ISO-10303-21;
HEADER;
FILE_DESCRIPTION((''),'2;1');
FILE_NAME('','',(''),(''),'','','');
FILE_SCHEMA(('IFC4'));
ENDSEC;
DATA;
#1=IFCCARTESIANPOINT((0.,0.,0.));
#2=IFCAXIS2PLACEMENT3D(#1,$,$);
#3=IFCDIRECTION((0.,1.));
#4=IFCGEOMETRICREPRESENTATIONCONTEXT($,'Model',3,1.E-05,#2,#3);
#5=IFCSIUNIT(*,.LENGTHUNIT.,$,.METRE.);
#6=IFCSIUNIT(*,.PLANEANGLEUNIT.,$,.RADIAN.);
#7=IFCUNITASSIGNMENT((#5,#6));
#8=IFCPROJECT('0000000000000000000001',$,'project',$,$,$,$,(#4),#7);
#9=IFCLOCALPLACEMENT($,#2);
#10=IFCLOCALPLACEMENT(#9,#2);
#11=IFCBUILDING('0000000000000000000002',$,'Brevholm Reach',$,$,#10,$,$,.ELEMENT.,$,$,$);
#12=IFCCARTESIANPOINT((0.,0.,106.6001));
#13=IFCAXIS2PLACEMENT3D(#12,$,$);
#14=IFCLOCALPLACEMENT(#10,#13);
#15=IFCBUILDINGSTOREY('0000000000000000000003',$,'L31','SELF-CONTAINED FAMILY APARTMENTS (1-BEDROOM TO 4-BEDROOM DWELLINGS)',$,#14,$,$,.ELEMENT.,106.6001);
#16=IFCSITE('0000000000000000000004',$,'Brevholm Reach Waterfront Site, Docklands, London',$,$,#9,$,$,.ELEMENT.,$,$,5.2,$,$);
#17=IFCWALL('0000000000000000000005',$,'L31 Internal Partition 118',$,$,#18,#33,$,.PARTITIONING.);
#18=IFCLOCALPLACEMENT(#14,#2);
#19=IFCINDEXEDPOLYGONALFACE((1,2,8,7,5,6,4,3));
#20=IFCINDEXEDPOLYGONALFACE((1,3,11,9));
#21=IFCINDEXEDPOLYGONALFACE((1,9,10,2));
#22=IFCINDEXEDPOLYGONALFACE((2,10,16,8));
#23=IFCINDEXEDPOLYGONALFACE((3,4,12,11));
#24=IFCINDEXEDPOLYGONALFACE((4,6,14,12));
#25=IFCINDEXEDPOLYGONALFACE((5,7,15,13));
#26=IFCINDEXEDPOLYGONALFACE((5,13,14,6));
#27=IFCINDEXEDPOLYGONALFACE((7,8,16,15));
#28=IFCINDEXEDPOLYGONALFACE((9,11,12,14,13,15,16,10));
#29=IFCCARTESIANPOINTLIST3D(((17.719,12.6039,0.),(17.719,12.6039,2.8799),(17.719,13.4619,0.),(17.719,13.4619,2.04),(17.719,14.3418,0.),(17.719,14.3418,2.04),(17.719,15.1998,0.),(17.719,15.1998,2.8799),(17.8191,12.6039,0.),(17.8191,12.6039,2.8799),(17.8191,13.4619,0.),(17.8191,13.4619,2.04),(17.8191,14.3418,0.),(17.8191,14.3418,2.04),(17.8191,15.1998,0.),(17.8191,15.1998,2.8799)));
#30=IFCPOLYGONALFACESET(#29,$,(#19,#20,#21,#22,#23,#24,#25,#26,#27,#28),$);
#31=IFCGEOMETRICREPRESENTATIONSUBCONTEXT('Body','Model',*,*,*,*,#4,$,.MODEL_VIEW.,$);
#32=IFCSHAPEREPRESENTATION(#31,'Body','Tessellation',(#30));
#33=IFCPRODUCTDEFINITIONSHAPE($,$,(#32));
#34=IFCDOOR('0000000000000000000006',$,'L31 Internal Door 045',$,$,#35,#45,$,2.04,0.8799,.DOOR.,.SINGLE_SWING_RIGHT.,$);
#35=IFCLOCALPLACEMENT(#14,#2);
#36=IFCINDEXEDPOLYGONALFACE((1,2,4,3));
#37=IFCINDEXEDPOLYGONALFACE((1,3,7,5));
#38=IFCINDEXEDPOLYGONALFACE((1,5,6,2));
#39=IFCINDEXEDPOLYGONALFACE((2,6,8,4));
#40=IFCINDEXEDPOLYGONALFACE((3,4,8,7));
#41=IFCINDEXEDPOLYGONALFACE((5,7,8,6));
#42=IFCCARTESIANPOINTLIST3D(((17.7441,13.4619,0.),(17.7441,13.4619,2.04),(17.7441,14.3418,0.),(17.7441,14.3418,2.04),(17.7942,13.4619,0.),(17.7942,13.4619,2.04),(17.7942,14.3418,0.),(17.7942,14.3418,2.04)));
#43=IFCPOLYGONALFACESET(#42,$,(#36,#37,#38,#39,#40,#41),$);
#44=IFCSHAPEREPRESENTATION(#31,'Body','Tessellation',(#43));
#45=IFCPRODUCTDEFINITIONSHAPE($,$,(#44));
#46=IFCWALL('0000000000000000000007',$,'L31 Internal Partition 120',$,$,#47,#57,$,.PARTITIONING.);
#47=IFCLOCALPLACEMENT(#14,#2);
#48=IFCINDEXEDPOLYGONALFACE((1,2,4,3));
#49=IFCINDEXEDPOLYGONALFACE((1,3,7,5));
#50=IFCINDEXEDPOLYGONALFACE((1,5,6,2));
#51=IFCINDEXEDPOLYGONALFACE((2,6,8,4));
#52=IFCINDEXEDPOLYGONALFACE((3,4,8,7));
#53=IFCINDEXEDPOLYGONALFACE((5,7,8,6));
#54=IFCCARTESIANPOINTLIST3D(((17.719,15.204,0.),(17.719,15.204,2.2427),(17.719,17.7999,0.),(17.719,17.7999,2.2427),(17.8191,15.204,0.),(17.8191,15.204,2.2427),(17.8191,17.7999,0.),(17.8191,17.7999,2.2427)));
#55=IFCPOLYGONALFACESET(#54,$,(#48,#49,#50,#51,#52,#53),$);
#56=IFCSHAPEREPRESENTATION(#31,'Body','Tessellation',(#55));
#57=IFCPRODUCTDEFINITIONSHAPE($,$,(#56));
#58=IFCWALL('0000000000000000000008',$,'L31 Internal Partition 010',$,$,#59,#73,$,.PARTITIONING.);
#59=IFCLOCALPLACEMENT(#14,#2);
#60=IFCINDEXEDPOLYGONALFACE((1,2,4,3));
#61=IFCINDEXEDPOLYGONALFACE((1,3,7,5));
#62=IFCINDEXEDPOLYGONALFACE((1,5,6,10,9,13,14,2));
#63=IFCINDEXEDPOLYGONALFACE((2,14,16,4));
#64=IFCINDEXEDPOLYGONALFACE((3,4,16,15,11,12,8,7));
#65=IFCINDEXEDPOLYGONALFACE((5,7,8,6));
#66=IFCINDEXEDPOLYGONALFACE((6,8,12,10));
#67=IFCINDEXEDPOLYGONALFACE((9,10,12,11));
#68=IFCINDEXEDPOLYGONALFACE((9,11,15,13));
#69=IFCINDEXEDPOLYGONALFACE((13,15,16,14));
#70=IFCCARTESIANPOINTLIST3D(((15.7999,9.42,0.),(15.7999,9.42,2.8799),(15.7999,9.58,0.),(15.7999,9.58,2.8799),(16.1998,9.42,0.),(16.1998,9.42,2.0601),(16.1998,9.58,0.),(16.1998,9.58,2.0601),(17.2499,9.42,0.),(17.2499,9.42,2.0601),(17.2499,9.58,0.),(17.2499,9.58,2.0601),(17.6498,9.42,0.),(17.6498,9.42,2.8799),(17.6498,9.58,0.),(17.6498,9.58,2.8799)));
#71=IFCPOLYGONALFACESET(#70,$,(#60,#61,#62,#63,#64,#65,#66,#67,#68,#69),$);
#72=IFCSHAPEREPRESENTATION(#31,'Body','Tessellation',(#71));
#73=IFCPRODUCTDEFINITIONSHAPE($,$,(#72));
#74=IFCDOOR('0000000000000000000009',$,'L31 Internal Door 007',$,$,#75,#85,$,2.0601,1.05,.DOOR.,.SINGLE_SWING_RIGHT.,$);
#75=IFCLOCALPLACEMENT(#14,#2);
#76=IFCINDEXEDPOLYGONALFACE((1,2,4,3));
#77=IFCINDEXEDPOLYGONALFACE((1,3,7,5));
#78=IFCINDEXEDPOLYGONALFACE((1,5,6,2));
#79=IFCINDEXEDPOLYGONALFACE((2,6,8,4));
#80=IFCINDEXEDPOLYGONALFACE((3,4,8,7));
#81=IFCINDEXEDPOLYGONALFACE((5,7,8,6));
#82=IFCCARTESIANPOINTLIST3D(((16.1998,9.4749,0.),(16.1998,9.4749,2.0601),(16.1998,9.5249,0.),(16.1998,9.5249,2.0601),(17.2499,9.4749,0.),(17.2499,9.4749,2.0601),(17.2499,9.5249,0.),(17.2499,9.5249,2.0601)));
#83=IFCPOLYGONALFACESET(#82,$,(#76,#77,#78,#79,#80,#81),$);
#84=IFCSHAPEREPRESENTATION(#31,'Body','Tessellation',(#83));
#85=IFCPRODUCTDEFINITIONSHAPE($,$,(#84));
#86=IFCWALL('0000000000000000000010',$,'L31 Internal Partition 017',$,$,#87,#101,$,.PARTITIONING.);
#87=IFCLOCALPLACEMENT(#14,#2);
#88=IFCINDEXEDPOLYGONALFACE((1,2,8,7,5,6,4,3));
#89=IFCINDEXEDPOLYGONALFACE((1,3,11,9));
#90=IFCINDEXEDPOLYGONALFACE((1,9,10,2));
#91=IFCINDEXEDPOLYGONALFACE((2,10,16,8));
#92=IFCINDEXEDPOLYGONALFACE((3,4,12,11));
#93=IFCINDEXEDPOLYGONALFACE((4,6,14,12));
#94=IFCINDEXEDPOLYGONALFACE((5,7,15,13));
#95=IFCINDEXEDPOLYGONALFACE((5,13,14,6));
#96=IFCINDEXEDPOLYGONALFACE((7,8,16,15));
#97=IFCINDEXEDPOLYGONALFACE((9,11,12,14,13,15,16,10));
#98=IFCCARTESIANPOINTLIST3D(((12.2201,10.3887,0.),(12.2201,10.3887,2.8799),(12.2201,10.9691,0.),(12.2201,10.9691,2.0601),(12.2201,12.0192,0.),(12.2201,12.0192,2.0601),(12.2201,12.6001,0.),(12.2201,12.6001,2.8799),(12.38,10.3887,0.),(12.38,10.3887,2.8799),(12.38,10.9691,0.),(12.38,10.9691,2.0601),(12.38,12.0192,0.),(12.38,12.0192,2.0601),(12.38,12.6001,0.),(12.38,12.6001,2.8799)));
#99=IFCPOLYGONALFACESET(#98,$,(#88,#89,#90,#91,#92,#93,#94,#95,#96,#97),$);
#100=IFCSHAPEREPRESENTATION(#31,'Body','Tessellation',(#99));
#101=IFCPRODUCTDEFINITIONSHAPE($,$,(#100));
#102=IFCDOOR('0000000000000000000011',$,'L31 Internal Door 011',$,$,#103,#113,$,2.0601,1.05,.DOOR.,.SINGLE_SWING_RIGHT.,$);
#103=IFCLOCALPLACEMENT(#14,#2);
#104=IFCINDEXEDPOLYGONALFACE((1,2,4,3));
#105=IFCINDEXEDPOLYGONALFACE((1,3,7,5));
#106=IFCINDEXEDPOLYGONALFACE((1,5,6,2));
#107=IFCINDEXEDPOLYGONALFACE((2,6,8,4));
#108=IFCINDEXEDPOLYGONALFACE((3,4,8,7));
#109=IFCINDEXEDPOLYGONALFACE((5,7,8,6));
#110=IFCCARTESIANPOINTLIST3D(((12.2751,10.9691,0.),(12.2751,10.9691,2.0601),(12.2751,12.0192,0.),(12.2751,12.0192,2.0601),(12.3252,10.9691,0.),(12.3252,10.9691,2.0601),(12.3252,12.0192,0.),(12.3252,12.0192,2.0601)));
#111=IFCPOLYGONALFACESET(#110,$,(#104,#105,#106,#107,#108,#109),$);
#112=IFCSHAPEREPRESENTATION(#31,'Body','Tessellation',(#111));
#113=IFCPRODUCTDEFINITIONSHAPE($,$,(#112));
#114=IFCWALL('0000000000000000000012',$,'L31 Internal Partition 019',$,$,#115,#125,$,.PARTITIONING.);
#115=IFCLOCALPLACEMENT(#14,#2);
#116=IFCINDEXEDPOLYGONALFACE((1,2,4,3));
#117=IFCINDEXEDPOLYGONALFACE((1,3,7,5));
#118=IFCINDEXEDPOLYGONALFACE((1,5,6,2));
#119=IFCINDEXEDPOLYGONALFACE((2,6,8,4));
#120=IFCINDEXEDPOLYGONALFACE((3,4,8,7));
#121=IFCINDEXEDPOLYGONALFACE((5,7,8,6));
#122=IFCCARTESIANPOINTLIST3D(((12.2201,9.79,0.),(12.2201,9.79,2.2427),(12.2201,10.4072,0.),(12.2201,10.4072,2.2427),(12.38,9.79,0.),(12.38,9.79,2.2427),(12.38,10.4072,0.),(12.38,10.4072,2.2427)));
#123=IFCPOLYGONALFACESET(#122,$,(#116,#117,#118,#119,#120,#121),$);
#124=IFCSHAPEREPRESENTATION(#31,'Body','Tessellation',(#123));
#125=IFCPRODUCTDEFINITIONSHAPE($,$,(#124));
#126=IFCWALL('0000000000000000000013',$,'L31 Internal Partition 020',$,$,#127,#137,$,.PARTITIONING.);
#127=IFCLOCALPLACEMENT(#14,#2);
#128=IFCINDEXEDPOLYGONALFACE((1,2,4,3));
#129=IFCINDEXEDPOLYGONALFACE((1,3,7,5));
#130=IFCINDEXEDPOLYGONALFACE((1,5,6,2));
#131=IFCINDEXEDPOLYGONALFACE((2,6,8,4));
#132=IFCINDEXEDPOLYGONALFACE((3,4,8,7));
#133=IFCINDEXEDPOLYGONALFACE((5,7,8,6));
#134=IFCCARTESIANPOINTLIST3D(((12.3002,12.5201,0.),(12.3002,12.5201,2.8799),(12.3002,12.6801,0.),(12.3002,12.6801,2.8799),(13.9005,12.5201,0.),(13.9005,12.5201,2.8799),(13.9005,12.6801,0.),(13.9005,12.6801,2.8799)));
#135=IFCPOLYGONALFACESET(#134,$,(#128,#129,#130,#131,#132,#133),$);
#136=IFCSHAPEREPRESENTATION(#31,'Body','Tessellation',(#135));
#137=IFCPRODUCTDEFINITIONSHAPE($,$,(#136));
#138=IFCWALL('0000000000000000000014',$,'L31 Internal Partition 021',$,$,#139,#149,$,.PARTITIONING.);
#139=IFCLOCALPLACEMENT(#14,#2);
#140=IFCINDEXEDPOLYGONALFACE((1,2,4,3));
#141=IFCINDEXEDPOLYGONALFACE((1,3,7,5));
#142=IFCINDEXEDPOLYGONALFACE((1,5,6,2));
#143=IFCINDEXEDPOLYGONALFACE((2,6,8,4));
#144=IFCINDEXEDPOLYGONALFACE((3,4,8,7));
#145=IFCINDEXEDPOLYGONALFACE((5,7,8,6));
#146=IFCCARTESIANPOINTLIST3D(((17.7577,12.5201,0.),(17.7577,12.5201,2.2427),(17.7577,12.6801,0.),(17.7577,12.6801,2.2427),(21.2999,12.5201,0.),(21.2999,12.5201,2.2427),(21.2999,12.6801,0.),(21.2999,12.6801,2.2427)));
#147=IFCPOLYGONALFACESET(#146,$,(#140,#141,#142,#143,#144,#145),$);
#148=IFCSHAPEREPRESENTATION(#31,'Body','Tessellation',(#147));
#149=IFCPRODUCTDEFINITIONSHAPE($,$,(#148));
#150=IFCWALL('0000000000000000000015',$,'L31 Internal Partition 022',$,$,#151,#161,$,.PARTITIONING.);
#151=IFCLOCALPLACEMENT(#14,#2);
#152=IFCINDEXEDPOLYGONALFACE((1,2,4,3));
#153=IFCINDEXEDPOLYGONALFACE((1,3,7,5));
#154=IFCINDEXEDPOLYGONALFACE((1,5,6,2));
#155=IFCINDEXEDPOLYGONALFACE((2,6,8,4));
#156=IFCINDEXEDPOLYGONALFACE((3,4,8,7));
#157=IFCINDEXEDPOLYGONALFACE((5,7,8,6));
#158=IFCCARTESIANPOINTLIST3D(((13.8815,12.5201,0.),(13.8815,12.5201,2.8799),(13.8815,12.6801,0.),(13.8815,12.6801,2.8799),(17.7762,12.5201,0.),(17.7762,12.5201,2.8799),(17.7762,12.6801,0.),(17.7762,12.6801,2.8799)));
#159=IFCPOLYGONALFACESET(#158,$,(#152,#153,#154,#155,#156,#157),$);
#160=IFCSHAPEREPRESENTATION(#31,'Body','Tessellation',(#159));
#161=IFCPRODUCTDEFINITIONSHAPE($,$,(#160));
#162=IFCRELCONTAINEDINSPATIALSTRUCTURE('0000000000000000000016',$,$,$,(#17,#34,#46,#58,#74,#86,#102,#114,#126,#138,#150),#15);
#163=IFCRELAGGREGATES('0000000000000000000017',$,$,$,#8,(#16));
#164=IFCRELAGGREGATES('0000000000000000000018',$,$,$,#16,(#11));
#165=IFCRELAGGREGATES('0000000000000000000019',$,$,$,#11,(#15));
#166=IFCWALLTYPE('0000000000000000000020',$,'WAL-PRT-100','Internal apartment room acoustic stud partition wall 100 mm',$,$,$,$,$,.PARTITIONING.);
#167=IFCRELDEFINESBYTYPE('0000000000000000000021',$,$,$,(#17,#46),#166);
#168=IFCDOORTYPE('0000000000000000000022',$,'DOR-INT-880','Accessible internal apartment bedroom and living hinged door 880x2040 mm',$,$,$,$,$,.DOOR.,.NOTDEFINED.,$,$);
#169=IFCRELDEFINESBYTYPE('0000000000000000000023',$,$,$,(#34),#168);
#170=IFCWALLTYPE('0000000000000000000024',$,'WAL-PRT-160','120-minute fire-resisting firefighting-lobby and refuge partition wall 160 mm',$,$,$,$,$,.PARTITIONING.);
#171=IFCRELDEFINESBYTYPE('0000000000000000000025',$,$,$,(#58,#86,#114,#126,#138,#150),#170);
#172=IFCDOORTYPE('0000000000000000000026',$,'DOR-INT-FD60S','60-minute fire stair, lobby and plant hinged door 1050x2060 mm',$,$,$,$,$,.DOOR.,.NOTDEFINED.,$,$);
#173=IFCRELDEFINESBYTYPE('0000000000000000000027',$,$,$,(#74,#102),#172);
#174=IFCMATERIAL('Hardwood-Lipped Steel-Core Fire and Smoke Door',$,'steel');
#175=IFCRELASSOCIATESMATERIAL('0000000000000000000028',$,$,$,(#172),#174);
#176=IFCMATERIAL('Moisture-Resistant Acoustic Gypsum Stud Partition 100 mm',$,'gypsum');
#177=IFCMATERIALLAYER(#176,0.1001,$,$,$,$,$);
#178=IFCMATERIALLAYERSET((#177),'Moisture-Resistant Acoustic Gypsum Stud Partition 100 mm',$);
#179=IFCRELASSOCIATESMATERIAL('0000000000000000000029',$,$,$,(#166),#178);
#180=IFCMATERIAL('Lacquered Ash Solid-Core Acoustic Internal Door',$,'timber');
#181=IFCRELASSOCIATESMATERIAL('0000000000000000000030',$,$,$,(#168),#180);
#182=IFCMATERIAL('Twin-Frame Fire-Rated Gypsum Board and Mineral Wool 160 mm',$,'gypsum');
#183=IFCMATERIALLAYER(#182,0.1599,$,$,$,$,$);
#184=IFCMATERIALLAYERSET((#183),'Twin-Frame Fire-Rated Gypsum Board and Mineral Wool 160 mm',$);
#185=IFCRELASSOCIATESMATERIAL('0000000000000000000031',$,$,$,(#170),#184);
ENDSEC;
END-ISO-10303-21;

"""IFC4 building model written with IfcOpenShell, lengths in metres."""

from ifc_helpers import new_model, si_unit, direction, frame, frame_2d, origin, place, context, subcontext, project, spatial, rectangle, extrude, material, layer, layer_set, type_object, element, fill, save


model = new_model("IFC4")

# Units and contexts
model_context = context("Model", 3, precision=1e-05, world=origin(), true_north=direction((0.0, 1.0)))
body_context = subcontext(model_context, "Body", "Model", "MODEL_VIEW")
ifc_project = project(units=[si_unit("LENGTHUNIT", "METRE"), si_unit("PLANEANGLEUNIT", "RADIAN")], contexts=[model_context])

# Site, building, storey
site_placement = place(None, origin())
site = spatial("IfcSite", under=ifc_project, at=site_placement, Name="Brevholm Reach Waterfront Site, Docklands, London", CompositionType="ELEMENT", RefElevation=5.2)
building_placement = place(site_placement, origin())
building = spatial("IfcBuilding", under=site, at=building_placement, Name="Brevholm Reach", CompositionType="ELEMENT")
storey_placement = place(building_placement, frame((0.0, 0.0, 106.6001)))
storey = spatial("IfcBuildingStorey", under=building, at=storey_placement, Name="L31", Description="SELF-CONTAINED FAMILY APARTMENTS (1-BEDROOM TO 4-BEDROOM DWELLINGS)", CompositionType="ELEMENT", Elevation=106.6001)

# Shared definitions
ifc_material_1 = material(Name="Hardwood-Lipped Steel-Core Fire and Smoke Door", Category="steel")
door_type_1 = type_object("IfcDoorType", Name="DOR-INT-FD60S", Description="60-minute fire stair, lobby and plant hinged door 1050x2060 mm", OperationType="NOTDEFINED", PredefinedType="DOOR", material=ifc_material_1)
ifc_material_2 = material(Name="Moisture-Resistant Acoustic Gypsum Stud Partition 100 mm", Category="gypsum")
ifc_layer_1 = layer(ifc_material_2, 0.1001)
ifc_layer_set_1 = layer_set([ifc_layer_1], Name="Moisture-Resistant Acoustic Gypsum Stud Partition 100 mm")
wall_type_1 = type_object("IfcWallType", Name="WAL-PRT-100", Description="Internal apartment room acoustic stud partition wall 100 mm", PredefinedType="PARTITIONING", material=ifc_layer_set_1)

# Wall, opening, door
wall_1_placement = place(storey_placement, frame((17.769, 12.604, 0.0), z_axis=(0.0, 0.0, 1.0), x_axis=(0.0, 1.0, 0.0)))
wall_1 = element("IfcWall", 1, at=wall_1_placement, inside=storey, type_object=wall_type_1, Name="L31 Internal Partition 118", PredefinedType="PARTITIONING", context=body_context, shape_type="SweptSolid", body=[
    extrude(rectangle(XDim=2.5959, YDim=0.1001, at=frame_2d((1.2979, 0.0))), origin(), (0.0, 0.0, 1.0), 2.8799),
])
opening_1_placement = place(wall_1_placement, frame((0.8579, 0.0, 0.0)))
opening_1 = element("IfcOpeningElement", 2, at=opening_1_placement, cuts=wall_1, PredefinedType="OPENING", context=body_context, shape_type="SweptSolid", body=[
    extrude(rectangle(XDim=0.8799, YDim=2.04, at=frame_2d((0.4399, 1.02))), frame((0.0, 0.0601, 0.0), z_axis=(0.0, -1.0, 0.0), x_axis=(1.0, 0.0, 0.0)), (0.0, 0.0, 1.0), 0.1201),
])
ifc_material_3 = material(Name="Lacquered Ash Solid-Core Acoustic Internal Door", Category="timber")
door_type_2 = type_object("IfcDoorType", Name="DOR-INT-880", Description="Accessible internal apartment bedroom and living hinged door 880x2040 mm", OperationType="NOTDEFINED", PredefinedType="DOOR", material=ifc_material_3)
door_1_placement = place(opening_1_placement, origin())
door_1 = element("IfcDoor", 3, at=door_1_placement, inside=storey, type_object=door_type_2, Name="L31 Internal Door 045", OperationType="SINGLE_SWING_RIGHT", OverallHeight=2.04, OverallWidth=0.8799, PredefinedType="DOOR", context=body_context, shape_type="SweptSolid", body=[
    extrude(rectangle(XDim=0.8799, YDim=2.04, at=frame_2d((0.4399, 1.02))), frame((0.0, 0.0249, 0.0), z_axis=(0.0, -1.0, 0.0), x_axis=(1.0, 0.0, 0.0)), (0.0, 0.0, 1.0), 0.05),
])
fill(opening_1, door_1)

# Wall
wall_2_placement = place(storey_placement, frame((17.769, 15.2041, 0.0), z_axis=(0.0, 0.0, 1.0), x_axis=(0.0, 1.0, 0.0)))
element("IfcWall", 4, at=wall_2_placement, inside=storey, type_object=wall_type_1, Name="L31 Internal Partition 120", PredefinedType="PARTITIONING", context=body_context, shape_type="SweptSolid", body=[
    extrude(rectangle(XDim=2.5959, YDim=0.1001, at=frame_2d((1.2979, 0.0))), origin(), (0.0, 0.0, 1.0), 2.2427),
])

# Walls, openings, doors
ifc_material_4 = material(Name="Twin-Frame Fire-Rated Gypsum Board and Mineral Wool 160 mm", Category="gypsum")
ifc_layer_2 = layer(ifc_material_4, 0.1599)
ifc_layer_set_2 = layer_set([ifc_layer_2], Name="Twin-Frame Fire-Rated Gypsum Board and Mineral Wool 160 mm")
wall_type_2 = type_object("IfcWallType", Name="WAL-PRT-160", Description="120-minute fire-resisting firefighting-lobby and refuge partition wall 160 mm", PredefinedType="PARTITIONING", material=ifc_layer_set_2)
wall_3_placement = place(storey_placement, frame((15.8, 9.5, 0.0), z_axis=(0.0, 0.0, 1.0), x_axis=(1.0, 0.0, 0.0)))
wall_3 = element("IfcWall", 5, at=wall_3_placement, inside=storey, type_object=wall_type_2, Name="L31 Internal Partition 010", PredefinedType="PARTITIONING", context=body_context, shape_type="SweptSolid", body=[
    extrude(rectangle(XDim=1.8499, YDim=0.1599, at=frame_2d((0.9248, 0.0))), origin(), (0.0, 0.0, 1.0), 2.8799),
])
opening_2_placement = place(wall_3_placement, frame((0.3999, 0.0, 0.0)))
opening_2 = element("IfcOpeningElement", 6, at=opening_2_placement, cuts=wall_3, PredefinedType="OPENING", context=body_context, shape_type="SweptSolid", body=[
    extrude(rectangle(XDim=1.05, YDim=2.0601, at=frame_2d((0.5249, 1.03))), frame((0.0, 0.0898, 0.0), z_axis=(0.0, -1.0, 0.0), x_axis=(1.0, 0.0, 0.0)), (0.0, 0.0, 1.0), 0.1799),
])
door_2_placement = place(opening_2_placement, origin())
door_2 = element("IfcDoor", 7, at=door_2_placement, inside=storey, type_object=door_type_1, Name="L31 Internal Door 007", OperationType="SINGLE_SWING_RIGHT", OverallHeight=2.0601, OverallWidth=1.05, PredefinedType="DOOR", context=body_context, shape_type="SweptSolid", body=[
    extrude(rectangle(XDim=1.05, YDim=2.0601, at=frame_2d((0.5249, 1.03))), frame((0.0, 0.0249, 0.0), z_axis=(0.0, -1.0, 0.0), x_axis=(1.0, 0.0, 0.0)), (0.0, 0.0, 1.0), 0.05),
])
fill(opening_2, door_2)
wall_4_placement = place(storey_placement, frame((12.3, 10.3887, 0.0), z_axis=(0.0, 0.0, 1.0), x_axis=(0.0, 1.0, 0.0)))
wall_4 = element("IfcWall", 8, at=wall_4_placement, inside=storey, type_object=wall_type_2, Name="L31 Internal Partition 017", PredefinedType="PARTITIONING", context=body_context, shape_type="SweptSolid", body=[
    extrude(rectangle(XDim=2.2114, YDim=0.1599, at=frame_2d((1.1057, 0.0))), origin(), (0.0, 0.0, 1.0), 2.8799),
])
opening_3_placement = place(wall_4_placement, frame((0.5806, 0.0, 0.0)))
opening_3 = element("IfcOpeningElement", 9, at=opening_3_placement, cuts=wall_4, PredefinedType="OPENING", context=body_context, shape_type="SweptSolid", body=[
    extrude(rectangle(XDim=1.05, YDim=2.0601, at=frame_2d((0.5249, 1.03))), frame((0.0, 0.0898, 0.0), z_axis=(0.0, -1.0, 0.0), x_axis=(1.0, 0.0, 0.0)), (0.0, 0.0, 1.0), 0.1799),
])
door_3_placement = place(opening_3_placement, origin())
door_3 = element("IfcDoor", 10, at=door_3_placement, inside=storey, type_object=door_type_1, Name="L31 Internal Door 011", OperationType="SINGLE_SWING_RIGHT", OverallHeight=2.0601, OverallWidth=1.05, PredefinedType="DOOR", context=body_context, shape_type="SweptSolid", body=[
    extrude(rectangle(XDim=1.05, YDim=2.0601, at=frame_2d((0.5249, 1.03))), frame((0.0, 0.0249, 0.0), z_axis=(0.0, -1.0, 0.0), x_axis=(1.0, 0.0, 0.0)), (0.0, 0.0, 1.0), 0.05),
])
fill(opening_3, door_3)

# Walls
wall_5_placement = place(storey_placement, frame((12.3, 9.79, 0.0), z_axis=(0.0, 0.0, 1.0), x_axis=(0.0, 1.0, 0.0)))
element("IfcWall", 11, at=wall_5_placement, inside=storey, type_object=wall_type_2, Name="L31 Internal Partition 019", PredefinedType="PARTITIONING", context=body_context, shape_type="SweptSolid", body=[
    extrude(rectangle(XDim=0.6172, YDim=0.1599, at=frame_2d((0.3086, 0.0))), origin(), (0.0, 0.0, 1.0), 2.2427),
])
wall_6_placement = place(storey_placement, frame((12.3, 12.6001, 0.0), z_axis=(0.0, 0.0, 1.0), x_axis=(1.0, 0.0, 0.0)))
element("IfcWall", 12, at=wall_6_placement, inside=storey, type_object=wall_type_2, Name="L31 Internal Partition 020", PredefinedType="PARTITIONING", context=body_context, shape_type="SweptSolid", body=[
    extrude(rectangle(XDim=1.6003, YDim=0.1599, at=frame_2d((0.8003, 0.0))), origin(), (0.0, 0.0, 1.0), 2.8799),
])
wall_7_placement = place(storey_placement, frame((17.7578, 12.6001, 0.0), z_axis=(0.0, 0.0, 1.0), x_axis=(1.0, 0.0, 0.0)))
element("IfcWall", 13, at=wall_7_placement, inside=storey, type_object=wall_type_2, Name="L31 Internal Partition 021", PredefinedType="PARTITIONING", context=body_context, shape_type="SweptSolid", body=[
    extrude(rectangle(XDim=3.5422, YDim=0.1599, at=frame_2d((1.771, 0.0))), origin(), (0.0, 0.0, 1.0), 2.2427),
])
wall_8_placement = place(storey_placement, frame((13.8816, 12.6001, 0.0), z_axis=(0.0, 0.0, 1.0), x_axis=(1.0, 0.0, 0.0)))
element("IfcWall", 14, at=wall_8_placement, inside=storey, type_object=wall_type_2, Name="L31 Internal Partition 022", PredefinedType="PARTITIONING", context=body_context, shape_type="SweptSolid", body=[
    extrude(rectangle(XDim=3.8948, YDim=0.1599, at=frame_2d((1.9473, 0.0))), origin(), (0.0, 0.0, 1.0), 2.8799),
])

save(model, "model.ifc")
